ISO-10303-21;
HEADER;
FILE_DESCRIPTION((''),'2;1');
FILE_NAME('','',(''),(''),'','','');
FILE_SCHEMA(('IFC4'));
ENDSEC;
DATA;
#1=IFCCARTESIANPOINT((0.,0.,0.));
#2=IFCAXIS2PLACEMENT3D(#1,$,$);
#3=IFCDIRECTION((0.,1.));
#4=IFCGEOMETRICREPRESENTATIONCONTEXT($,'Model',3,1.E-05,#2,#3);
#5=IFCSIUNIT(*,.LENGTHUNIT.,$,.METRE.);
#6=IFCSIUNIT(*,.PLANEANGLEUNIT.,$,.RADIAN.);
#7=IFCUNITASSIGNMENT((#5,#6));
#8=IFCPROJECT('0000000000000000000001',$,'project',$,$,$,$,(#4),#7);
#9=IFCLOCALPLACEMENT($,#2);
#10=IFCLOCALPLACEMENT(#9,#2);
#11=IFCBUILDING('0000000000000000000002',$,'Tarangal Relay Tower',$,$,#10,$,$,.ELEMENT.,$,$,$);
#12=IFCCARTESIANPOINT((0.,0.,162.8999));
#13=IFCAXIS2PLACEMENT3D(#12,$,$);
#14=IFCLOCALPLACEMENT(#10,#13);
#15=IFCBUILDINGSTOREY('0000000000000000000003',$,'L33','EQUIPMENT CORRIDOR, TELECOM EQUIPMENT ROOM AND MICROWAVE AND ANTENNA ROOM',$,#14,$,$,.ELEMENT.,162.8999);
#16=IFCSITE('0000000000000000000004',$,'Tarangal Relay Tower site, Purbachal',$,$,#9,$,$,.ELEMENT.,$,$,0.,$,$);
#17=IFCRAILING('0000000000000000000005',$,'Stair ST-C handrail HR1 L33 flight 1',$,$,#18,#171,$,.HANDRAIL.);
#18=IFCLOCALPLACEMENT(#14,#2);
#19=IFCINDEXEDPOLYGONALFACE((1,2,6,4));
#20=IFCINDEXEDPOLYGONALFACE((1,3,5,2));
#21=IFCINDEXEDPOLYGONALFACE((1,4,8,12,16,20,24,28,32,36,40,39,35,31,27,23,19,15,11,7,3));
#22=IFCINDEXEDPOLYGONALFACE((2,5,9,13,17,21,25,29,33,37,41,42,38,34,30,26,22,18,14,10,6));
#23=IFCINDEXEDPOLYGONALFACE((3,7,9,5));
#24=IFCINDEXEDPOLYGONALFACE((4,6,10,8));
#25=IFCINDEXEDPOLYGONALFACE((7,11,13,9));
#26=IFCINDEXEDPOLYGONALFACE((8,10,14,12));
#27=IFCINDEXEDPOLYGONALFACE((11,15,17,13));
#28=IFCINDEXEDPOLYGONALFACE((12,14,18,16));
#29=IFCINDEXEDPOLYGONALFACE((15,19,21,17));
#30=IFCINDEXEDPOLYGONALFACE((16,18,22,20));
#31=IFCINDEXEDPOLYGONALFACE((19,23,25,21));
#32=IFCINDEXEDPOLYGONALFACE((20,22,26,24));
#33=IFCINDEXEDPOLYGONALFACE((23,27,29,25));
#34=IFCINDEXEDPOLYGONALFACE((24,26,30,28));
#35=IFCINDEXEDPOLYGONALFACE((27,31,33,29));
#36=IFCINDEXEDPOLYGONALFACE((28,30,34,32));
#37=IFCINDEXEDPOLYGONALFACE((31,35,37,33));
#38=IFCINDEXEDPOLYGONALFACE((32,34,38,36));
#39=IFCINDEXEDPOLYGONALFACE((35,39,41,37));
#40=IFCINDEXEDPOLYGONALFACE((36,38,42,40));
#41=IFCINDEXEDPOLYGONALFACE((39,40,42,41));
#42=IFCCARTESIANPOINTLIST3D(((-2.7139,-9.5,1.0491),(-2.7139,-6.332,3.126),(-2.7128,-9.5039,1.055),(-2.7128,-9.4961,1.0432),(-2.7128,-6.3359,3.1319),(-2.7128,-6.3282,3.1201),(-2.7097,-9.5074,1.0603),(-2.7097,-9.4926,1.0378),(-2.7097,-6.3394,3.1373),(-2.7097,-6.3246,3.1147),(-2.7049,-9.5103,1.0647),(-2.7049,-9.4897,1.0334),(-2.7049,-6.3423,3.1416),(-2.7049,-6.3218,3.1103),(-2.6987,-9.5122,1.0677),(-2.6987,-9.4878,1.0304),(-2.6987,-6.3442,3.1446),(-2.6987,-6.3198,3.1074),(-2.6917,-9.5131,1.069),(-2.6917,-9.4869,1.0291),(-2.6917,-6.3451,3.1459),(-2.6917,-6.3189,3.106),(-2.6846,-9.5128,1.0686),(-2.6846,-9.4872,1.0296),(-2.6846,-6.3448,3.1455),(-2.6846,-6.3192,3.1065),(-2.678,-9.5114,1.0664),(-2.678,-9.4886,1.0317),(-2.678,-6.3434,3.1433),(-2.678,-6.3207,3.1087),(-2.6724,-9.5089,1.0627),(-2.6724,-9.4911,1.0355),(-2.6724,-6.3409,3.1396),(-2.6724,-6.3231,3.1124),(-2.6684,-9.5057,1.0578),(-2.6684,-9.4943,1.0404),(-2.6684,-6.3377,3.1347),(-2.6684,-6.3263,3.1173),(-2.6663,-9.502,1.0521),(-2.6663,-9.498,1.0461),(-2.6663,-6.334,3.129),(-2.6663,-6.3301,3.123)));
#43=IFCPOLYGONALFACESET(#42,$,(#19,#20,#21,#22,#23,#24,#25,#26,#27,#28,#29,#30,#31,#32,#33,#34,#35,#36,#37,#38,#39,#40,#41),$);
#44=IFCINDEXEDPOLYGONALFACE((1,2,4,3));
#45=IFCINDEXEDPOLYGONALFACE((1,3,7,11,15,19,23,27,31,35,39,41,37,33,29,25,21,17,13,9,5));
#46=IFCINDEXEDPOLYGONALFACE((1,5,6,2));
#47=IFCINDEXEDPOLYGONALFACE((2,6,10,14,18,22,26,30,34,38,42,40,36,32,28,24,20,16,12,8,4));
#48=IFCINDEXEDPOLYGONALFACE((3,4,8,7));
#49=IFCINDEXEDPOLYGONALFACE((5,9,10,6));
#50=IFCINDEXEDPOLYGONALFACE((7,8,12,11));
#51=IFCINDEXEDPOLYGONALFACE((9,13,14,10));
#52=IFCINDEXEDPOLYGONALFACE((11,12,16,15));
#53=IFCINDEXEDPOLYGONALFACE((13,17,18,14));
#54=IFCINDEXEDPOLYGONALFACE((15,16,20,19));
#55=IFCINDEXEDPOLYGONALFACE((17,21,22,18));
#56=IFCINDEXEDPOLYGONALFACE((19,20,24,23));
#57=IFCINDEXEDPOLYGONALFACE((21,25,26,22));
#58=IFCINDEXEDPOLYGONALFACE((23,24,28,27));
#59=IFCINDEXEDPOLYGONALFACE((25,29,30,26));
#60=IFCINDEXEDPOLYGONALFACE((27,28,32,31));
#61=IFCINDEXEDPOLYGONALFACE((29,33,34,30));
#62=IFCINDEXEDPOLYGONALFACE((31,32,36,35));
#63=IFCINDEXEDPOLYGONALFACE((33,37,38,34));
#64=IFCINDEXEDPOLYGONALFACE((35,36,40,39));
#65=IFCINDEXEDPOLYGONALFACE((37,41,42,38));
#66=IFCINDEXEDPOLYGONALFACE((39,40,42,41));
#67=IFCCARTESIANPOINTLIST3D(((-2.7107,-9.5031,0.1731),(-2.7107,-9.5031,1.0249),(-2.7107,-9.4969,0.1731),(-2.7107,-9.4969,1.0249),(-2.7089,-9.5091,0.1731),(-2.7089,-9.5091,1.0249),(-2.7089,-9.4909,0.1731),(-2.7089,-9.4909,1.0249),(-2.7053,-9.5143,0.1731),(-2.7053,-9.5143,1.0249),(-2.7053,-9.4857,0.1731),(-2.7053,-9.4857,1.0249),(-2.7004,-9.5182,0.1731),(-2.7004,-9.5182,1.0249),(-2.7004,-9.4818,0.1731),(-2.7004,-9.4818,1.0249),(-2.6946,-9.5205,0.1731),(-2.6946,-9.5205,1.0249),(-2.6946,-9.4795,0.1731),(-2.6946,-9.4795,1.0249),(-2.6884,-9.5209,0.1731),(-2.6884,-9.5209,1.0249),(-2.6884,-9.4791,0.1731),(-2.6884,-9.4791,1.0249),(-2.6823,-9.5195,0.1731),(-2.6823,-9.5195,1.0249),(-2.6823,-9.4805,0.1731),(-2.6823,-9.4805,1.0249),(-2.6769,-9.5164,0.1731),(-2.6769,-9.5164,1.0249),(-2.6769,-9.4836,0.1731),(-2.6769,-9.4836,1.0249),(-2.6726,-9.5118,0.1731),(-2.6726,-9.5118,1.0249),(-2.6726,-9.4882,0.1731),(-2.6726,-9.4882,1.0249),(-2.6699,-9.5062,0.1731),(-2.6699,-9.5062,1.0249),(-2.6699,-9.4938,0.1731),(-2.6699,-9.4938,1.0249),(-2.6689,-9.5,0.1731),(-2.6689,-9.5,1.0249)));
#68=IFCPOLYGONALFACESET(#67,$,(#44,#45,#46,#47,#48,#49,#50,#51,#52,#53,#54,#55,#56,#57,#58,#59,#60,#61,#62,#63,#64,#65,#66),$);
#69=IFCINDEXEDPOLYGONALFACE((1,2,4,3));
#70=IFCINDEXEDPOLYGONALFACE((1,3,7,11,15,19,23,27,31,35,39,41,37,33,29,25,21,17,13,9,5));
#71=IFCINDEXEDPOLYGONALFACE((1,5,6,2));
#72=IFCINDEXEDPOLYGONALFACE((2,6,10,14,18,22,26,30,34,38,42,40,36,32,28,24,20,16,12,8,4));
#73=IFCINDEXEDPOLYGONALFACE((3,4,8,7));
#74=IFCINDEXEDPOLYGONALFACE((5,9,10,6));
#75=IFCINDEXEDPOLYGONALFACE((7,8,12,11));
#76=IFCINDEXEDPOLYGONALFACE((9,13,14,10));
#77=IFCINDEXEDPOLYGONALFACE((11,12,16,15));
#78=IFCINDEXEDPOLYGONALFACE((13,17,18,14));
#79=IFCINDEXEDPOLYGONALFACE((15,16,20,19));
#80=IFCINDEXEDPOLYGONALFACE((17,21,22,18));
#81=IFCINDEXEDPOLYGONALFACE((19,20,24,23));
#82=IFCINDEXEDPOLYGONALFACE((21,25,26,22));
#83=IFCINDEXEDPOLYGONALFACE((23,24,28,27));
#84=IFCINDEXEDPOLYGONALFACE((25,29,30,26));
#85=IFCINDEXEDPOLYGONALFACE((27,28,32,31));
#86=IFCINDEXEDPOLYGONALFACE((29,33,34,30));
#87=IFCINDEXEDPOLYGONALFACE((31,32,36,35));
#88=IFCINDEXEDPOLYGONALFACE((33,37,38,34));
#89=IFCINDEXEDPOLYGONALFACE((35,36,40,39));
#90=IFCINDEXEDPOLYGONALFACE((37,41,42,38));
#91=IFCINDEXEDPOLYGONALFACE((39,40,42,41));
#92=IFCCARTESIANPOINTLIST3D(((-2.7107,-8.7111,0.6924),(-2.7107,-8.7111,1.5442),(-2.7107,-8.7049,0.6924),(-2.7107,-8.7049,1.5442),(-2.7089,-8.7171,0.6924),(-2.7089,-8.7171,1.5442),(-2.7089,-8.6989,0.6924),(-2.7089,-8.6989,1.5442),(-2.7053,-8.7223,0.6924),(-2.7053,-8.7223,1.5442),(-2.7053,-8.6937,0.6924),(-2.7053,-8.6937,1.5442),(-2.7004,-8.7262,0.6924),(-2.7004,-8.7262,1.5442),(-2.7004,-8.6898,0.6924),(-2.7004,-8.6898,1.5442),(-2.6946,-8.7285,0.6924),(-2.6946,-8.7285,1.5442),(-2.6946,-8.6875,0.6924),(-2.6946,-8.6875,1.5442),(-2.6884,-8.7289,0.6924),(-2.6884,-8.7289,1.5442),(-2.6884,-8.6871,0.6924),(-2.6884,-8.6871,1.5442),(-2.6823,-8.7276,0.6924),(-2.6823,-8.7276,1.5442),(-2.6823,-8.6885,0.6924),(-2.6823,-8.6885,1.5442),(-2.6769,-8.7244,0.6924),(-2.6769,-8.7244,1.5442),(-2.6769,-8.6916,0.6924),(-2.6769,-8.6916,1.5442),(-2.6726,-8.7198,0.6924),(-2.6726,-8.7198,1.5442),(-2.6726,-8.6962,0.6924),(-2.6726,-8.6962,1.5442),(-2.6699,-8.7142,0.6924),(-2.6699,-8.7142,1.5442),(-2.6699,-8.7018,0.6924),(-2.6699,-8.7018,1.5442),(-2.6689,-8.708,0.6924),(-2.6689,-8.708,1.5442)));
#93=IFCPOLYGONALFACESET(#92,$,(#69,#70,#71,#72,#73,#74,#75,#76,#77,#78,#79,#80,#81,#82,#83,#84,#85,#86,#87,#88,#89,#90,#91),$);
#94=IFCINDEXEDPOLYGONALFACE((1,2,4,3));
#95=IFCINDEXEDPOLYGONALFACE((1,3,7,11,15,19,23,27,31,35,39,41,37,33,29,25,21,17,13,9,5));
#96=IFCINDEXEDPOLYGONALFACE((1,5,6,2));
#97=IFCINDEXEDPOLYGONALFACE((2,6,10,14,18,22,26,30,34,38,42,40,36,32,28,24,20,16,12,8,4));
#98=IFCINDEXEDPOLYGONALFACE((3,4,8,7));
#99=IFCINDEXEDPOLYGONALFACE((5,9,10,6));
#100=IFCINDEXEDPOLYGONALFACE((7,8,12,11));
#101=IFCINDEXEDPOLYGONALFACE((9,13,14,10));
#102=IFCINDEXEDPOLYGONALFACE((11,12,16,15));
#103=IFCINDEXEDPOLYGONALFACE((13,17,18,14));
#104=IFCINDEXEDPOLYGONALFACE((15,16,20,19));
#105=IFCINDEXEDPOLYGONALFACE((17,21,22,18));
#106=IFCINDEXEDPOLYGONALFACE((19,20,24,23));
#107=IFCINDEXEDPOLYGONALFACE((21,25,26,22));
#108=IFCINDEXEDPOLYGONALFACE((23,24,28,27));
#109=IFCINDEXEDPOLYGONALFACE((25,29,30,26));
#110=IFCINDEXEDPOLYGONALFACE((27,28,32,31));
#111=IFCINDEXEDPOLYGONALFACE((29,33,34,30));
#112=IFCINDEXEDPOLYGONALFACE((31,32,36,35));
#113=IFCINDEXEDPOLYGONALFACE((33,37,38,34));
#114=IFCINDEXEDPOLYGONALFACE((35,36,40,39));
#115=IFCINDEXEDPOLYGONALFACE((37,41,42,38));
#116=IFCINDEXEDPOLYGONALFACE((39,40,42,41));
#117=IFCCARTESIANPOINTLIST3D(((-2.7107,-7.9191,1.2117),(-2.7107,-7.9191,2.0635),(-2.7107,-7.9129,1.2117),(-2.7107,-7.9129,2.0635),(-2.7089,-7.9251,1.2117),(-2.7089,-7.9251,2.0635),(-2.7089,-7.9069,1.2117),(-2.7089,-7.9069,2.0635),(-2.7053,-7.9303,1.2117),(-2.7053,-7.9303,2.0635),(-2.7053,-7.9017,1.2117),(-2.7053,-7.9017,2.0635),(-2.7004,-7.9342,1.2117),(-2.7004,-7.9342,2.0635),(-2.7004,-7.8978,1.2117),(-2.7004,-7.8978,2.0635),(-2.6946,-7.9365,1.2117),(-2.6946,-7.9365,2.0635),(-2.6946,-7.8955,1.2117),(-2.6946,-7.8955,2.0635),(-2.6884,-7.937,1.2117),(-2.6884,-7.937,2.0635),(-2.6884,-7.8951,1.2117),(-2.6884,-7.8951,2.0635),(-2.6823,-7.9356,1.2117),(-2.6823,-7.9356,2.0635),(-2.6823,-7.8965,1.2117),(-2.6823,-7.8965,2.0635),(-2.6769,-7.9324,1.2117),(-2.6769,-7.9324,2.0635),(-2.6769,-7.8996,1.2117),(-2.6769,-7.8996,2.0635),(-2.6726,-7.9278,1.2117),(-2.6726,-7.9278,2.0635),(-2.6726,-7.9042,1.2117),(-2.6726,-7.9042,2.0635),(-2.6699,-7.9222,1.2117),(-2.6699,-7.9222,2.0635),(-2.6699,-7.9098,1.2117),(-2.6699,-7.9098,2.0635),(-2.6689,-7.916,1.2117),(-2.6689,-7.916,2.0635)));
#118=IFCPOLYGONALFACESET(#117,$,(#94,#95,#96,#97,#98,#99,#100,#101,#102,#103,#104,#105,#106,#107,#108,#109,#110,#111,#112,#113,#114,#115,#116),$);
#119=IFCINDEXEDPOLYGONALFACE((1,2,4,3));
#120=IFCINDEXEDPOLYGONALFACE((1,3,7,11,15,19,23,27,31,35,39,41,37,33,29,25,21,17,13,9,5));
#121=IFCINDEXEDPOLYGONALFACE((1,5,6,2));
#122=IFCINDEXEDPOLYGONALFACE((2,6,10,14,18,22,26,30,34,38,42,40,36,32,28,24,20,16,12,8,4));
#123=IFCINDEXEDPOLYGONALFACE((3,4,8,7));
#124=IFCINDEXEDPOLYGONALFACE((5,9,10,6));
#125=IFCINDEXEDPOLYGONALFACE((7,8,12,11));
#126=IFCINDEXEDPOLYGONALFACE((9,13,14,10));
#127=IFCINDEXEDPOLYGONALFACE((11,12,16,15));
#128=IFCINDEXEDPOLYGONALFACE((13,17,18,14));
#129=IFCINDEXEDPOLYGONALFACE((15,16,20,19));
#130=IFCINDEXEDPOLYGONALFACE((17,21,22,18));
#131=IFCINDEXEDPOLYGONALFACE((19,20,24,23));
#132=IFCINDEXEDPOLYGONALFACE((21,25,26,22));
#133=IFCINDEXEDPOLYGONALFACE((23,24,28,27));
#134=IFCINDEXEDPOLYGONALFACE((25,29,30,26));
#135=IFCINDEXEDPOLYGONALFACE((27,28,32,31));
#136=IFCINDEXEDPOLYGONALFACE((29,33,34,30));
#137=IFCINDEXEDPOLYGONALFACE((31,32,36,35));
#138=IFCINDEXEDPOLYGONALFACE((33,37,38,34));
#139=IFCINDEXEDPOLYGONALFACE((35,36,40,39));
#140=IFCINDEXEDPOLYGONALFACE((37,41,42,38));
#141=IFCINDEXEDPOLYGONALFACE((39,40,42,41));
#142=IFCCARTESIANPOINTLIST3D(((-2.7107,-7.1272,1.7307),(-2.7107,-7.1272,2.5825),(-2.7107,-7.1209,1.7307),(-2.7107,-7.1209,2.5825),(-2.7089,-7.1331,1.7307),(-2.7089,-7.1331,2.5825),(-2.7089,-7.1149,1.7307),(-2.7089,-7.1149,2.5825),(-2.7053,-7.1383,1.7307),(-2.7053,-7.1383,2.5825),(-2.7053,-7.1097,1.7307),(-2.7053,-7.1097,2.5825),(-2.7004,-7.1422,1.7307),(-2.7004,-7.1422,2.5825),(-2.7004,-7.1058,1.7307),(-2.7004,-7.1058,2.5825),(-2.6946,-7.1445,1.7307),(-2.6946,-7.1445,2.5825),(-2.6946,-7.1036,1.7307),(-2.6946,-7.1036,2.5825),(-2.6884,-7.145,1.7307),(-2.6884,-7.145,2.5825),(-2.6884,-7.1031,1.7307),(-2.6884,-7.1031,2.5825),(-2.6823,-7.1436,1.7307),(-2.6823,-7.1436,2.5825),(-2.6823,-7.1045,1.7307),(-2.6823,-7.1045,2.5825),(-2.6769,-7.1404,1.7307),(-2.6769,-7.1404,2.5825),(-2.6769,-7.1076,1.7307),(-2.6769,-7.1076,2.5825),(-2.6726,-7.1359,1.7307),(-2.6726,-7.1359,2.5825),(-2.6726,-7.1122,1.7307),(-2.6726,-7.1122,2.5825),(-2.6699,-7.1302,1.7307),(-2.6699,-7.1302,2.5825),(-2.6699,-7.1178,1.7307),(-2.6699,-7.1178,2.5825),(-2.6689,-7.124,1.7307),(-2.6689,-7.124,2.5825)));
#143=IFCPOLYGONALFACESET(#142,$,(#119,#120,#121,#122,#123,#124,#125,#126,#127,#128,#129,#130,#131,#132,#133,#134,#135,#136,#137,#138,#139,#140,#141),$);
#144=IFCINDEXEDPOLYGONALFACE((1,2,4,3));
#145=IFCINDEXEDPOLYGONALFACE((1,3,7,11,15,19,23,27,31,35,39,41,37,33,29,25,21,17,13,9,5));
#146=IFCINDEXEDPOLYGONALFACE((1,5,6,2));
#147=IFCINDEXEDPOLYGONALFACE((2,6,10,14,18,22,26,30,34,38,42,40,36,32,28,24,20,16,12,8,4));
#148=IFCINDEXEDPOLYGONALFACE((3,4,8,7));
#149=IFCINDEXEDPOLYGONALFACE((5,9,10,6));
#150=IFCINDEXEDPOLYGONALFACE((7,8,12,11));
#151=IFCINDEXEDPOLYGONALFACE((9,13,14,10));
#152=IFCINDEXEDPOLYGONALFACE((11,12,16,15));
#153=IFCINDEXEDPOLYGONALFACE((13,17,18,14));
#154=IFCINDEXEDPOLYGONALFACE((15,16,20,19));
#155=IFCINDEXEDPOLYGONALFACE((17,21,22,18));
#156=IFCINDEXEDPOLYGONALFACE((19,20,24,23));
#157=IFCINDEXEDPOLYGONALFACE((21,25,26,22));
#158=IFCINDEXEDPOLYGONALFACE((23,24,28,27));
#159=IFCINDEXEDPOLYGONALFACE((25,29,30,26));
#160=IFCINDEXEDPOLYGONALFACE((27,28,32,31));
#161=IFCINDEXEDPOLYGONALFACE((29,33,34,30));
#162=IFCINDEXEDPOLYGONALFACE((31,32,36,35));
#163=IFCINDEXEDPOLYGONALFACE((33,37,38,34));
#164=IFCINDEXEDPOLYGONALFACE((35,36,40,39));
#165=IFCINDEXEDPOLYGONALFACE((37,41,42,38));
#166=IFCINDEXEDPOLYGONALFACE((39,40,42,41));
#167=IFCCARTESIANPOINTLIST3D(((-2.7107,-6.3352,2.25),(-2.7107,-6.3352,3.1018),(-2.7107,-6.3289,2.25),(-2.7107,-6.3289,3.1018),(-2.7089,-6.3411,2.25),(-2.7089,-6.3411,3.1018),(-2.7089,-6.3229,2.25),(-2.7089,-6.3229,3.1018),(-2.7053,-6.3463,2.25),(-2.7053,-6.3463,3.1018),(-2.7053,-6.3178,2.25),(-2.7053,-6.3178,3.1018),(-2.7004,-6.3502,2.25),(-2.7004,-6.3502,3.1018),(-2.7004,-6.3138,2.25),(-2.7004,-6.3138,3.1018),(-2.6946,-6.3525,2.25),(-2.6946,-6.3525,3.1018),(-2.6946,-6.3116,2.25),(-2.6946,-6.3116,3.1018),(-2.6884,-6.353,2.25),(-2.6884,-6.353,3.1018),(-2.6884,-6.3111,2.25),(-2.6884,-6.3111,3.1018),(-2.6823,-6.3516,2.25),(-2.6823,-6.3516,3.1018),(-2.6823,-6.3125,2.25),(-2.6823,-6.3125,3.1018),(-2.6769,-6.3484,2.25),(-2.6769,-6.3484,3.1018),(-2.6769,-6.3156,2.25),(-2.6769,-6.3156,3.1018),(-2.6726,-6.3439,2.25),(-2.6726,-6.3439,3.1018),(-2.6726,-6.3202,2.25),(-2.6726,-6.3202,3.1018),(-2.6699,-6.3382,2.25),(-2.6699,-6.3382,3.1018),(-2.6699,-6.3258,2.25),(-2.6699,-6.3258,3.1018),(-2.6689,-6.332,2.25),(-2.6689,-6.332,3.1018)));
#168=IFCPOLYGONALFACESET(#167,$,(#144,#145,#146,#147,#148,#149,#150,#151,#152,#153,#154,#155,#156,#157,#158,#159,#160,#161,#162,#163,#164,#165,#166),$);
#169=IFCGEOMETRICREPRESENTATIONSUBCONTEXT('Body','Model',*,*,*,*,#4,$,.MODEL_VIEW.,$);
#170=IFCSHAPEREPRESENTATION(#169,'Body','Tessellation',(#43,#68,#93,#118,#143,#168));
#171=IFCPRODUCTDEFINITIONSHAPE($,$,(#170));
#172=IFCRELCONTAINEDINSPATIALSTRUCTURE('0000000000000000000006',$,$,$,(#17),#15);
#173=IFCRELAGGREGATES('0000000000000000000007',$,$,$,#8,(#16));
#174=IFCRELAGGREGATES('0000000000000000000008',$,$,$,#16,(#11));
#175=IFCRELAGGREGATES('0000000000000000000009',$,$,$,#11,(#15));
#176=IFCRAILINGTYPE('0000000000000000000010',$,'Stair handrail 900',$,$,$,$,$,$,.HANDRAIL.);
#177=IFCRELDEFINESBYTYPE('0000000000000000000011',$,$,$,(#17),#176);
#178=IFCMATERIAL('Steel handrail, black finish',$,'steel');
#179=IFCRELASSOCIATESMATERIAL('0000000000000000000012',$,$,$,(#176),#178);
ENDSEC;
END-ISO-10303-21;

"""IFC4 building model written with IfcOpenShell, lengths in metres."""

from ifc_helpers import new_model, si_unit, direction, frame, origin, origin_2d, place, context, subcontext, project, spatial, circle, extrude, material, type_object, element, save


model = new_model("IFC4")

# Units and contexts
model_context = context("Model", 3, precision=1e-05, world=origin(), true_north=direction((0.0, 1.0)))
body_context = subcontext(model_context, "Body", "Model", "MODEL_VIEW")
ifc_project = project(units=[si_unit("LENGTHUNIT", "METRE"), si_unit("PLANEANGLEUNIT", "RADIAN")], contexts=[model_context])

# Site, building, storey
site_placement = place(None, origin())
site = spatial("IfcSite", under=ifc_project, at=site_placement, Name="Tarangal Relay Tower site, Purbachal", CompositionType="ELEMENT", RefElevation=0.0)
building_placement = place(site_placement, origin())
building = spatial("IfcBuilding", under=site, at=building_placement, Name="Tarangal Relay Tower", CompositionType="ELEMENT")
storey_placement = place(building_placement, frame((0.0, 0.0, 162.8999)))
storey = spatial("IfcBuildingStorey", under=building, at=storey_placement, Name="L33", Description="EQUIPMENT CORRIDOR, TELECOM EQUIPMENT ROOM AND MICROWAVE AND ANTENNA ROOM", CompositionType="ELEMENT", Elevation=162.8999)

# Railing
ifc_material_1 = material(Name="Steel handrail, black finish", Category="steel")
railing_type_1 = type_object("IfcRailingType", Name="Stair handrail 900", PredefinedType="HANDRAIL", material=ifc_material_1)
railing_1_placement = place(storey_placement, frame((-2.6899, -9.5, 0.1731)))
element("IfcRailing", 1, at=railing_1_placement, inside=storey, type_object=railing_type_1, Name="Stair ST-C handrail HR1 L33 flight 1", PredefinedType="HANDRAIL", context=body_context, shape_type="SweptSolid", body=[
    extrude(circle(Radius=0.0239, at=origin_2d()), frame((0.0, 0.0, 0.876), z_axis=(0.0, 0.836299, 0.548273), x_axis=(-1.0, 0.0, 0.0)), (0.0, 0.0, 1.0), 3.7881),
    extrude(circle(Radius=0.021, at=origin_2d()), origin(), (0.0, 0.0, 1.0), 0.8518),
    extrude(circle(Radius=0.021, at=origin_2d()), frame((0.0, 0.792, 0.5193)), (0.0, 0.0, 1.0), 0.8518),
    extrude(circle(Radius=0.021, at=origin_2d()), frame((0.0, 1.584, 1.0386)), (0.0, 0.0, 1.0), 0.8518),
    extrude(circle(Radius=0.021, at=origin_2d()), frame((0.0, 2.376, 1.5576)), (0.0, 0.0, 1.0), 0.8518),
    extrude(circle(Radius=0.021, at=origin_2d()), frame((0.0, 3.168, 2.0769)), (0.0, 0.0, 1.0), 0.8518),
])

save(model, "model.ifc")
